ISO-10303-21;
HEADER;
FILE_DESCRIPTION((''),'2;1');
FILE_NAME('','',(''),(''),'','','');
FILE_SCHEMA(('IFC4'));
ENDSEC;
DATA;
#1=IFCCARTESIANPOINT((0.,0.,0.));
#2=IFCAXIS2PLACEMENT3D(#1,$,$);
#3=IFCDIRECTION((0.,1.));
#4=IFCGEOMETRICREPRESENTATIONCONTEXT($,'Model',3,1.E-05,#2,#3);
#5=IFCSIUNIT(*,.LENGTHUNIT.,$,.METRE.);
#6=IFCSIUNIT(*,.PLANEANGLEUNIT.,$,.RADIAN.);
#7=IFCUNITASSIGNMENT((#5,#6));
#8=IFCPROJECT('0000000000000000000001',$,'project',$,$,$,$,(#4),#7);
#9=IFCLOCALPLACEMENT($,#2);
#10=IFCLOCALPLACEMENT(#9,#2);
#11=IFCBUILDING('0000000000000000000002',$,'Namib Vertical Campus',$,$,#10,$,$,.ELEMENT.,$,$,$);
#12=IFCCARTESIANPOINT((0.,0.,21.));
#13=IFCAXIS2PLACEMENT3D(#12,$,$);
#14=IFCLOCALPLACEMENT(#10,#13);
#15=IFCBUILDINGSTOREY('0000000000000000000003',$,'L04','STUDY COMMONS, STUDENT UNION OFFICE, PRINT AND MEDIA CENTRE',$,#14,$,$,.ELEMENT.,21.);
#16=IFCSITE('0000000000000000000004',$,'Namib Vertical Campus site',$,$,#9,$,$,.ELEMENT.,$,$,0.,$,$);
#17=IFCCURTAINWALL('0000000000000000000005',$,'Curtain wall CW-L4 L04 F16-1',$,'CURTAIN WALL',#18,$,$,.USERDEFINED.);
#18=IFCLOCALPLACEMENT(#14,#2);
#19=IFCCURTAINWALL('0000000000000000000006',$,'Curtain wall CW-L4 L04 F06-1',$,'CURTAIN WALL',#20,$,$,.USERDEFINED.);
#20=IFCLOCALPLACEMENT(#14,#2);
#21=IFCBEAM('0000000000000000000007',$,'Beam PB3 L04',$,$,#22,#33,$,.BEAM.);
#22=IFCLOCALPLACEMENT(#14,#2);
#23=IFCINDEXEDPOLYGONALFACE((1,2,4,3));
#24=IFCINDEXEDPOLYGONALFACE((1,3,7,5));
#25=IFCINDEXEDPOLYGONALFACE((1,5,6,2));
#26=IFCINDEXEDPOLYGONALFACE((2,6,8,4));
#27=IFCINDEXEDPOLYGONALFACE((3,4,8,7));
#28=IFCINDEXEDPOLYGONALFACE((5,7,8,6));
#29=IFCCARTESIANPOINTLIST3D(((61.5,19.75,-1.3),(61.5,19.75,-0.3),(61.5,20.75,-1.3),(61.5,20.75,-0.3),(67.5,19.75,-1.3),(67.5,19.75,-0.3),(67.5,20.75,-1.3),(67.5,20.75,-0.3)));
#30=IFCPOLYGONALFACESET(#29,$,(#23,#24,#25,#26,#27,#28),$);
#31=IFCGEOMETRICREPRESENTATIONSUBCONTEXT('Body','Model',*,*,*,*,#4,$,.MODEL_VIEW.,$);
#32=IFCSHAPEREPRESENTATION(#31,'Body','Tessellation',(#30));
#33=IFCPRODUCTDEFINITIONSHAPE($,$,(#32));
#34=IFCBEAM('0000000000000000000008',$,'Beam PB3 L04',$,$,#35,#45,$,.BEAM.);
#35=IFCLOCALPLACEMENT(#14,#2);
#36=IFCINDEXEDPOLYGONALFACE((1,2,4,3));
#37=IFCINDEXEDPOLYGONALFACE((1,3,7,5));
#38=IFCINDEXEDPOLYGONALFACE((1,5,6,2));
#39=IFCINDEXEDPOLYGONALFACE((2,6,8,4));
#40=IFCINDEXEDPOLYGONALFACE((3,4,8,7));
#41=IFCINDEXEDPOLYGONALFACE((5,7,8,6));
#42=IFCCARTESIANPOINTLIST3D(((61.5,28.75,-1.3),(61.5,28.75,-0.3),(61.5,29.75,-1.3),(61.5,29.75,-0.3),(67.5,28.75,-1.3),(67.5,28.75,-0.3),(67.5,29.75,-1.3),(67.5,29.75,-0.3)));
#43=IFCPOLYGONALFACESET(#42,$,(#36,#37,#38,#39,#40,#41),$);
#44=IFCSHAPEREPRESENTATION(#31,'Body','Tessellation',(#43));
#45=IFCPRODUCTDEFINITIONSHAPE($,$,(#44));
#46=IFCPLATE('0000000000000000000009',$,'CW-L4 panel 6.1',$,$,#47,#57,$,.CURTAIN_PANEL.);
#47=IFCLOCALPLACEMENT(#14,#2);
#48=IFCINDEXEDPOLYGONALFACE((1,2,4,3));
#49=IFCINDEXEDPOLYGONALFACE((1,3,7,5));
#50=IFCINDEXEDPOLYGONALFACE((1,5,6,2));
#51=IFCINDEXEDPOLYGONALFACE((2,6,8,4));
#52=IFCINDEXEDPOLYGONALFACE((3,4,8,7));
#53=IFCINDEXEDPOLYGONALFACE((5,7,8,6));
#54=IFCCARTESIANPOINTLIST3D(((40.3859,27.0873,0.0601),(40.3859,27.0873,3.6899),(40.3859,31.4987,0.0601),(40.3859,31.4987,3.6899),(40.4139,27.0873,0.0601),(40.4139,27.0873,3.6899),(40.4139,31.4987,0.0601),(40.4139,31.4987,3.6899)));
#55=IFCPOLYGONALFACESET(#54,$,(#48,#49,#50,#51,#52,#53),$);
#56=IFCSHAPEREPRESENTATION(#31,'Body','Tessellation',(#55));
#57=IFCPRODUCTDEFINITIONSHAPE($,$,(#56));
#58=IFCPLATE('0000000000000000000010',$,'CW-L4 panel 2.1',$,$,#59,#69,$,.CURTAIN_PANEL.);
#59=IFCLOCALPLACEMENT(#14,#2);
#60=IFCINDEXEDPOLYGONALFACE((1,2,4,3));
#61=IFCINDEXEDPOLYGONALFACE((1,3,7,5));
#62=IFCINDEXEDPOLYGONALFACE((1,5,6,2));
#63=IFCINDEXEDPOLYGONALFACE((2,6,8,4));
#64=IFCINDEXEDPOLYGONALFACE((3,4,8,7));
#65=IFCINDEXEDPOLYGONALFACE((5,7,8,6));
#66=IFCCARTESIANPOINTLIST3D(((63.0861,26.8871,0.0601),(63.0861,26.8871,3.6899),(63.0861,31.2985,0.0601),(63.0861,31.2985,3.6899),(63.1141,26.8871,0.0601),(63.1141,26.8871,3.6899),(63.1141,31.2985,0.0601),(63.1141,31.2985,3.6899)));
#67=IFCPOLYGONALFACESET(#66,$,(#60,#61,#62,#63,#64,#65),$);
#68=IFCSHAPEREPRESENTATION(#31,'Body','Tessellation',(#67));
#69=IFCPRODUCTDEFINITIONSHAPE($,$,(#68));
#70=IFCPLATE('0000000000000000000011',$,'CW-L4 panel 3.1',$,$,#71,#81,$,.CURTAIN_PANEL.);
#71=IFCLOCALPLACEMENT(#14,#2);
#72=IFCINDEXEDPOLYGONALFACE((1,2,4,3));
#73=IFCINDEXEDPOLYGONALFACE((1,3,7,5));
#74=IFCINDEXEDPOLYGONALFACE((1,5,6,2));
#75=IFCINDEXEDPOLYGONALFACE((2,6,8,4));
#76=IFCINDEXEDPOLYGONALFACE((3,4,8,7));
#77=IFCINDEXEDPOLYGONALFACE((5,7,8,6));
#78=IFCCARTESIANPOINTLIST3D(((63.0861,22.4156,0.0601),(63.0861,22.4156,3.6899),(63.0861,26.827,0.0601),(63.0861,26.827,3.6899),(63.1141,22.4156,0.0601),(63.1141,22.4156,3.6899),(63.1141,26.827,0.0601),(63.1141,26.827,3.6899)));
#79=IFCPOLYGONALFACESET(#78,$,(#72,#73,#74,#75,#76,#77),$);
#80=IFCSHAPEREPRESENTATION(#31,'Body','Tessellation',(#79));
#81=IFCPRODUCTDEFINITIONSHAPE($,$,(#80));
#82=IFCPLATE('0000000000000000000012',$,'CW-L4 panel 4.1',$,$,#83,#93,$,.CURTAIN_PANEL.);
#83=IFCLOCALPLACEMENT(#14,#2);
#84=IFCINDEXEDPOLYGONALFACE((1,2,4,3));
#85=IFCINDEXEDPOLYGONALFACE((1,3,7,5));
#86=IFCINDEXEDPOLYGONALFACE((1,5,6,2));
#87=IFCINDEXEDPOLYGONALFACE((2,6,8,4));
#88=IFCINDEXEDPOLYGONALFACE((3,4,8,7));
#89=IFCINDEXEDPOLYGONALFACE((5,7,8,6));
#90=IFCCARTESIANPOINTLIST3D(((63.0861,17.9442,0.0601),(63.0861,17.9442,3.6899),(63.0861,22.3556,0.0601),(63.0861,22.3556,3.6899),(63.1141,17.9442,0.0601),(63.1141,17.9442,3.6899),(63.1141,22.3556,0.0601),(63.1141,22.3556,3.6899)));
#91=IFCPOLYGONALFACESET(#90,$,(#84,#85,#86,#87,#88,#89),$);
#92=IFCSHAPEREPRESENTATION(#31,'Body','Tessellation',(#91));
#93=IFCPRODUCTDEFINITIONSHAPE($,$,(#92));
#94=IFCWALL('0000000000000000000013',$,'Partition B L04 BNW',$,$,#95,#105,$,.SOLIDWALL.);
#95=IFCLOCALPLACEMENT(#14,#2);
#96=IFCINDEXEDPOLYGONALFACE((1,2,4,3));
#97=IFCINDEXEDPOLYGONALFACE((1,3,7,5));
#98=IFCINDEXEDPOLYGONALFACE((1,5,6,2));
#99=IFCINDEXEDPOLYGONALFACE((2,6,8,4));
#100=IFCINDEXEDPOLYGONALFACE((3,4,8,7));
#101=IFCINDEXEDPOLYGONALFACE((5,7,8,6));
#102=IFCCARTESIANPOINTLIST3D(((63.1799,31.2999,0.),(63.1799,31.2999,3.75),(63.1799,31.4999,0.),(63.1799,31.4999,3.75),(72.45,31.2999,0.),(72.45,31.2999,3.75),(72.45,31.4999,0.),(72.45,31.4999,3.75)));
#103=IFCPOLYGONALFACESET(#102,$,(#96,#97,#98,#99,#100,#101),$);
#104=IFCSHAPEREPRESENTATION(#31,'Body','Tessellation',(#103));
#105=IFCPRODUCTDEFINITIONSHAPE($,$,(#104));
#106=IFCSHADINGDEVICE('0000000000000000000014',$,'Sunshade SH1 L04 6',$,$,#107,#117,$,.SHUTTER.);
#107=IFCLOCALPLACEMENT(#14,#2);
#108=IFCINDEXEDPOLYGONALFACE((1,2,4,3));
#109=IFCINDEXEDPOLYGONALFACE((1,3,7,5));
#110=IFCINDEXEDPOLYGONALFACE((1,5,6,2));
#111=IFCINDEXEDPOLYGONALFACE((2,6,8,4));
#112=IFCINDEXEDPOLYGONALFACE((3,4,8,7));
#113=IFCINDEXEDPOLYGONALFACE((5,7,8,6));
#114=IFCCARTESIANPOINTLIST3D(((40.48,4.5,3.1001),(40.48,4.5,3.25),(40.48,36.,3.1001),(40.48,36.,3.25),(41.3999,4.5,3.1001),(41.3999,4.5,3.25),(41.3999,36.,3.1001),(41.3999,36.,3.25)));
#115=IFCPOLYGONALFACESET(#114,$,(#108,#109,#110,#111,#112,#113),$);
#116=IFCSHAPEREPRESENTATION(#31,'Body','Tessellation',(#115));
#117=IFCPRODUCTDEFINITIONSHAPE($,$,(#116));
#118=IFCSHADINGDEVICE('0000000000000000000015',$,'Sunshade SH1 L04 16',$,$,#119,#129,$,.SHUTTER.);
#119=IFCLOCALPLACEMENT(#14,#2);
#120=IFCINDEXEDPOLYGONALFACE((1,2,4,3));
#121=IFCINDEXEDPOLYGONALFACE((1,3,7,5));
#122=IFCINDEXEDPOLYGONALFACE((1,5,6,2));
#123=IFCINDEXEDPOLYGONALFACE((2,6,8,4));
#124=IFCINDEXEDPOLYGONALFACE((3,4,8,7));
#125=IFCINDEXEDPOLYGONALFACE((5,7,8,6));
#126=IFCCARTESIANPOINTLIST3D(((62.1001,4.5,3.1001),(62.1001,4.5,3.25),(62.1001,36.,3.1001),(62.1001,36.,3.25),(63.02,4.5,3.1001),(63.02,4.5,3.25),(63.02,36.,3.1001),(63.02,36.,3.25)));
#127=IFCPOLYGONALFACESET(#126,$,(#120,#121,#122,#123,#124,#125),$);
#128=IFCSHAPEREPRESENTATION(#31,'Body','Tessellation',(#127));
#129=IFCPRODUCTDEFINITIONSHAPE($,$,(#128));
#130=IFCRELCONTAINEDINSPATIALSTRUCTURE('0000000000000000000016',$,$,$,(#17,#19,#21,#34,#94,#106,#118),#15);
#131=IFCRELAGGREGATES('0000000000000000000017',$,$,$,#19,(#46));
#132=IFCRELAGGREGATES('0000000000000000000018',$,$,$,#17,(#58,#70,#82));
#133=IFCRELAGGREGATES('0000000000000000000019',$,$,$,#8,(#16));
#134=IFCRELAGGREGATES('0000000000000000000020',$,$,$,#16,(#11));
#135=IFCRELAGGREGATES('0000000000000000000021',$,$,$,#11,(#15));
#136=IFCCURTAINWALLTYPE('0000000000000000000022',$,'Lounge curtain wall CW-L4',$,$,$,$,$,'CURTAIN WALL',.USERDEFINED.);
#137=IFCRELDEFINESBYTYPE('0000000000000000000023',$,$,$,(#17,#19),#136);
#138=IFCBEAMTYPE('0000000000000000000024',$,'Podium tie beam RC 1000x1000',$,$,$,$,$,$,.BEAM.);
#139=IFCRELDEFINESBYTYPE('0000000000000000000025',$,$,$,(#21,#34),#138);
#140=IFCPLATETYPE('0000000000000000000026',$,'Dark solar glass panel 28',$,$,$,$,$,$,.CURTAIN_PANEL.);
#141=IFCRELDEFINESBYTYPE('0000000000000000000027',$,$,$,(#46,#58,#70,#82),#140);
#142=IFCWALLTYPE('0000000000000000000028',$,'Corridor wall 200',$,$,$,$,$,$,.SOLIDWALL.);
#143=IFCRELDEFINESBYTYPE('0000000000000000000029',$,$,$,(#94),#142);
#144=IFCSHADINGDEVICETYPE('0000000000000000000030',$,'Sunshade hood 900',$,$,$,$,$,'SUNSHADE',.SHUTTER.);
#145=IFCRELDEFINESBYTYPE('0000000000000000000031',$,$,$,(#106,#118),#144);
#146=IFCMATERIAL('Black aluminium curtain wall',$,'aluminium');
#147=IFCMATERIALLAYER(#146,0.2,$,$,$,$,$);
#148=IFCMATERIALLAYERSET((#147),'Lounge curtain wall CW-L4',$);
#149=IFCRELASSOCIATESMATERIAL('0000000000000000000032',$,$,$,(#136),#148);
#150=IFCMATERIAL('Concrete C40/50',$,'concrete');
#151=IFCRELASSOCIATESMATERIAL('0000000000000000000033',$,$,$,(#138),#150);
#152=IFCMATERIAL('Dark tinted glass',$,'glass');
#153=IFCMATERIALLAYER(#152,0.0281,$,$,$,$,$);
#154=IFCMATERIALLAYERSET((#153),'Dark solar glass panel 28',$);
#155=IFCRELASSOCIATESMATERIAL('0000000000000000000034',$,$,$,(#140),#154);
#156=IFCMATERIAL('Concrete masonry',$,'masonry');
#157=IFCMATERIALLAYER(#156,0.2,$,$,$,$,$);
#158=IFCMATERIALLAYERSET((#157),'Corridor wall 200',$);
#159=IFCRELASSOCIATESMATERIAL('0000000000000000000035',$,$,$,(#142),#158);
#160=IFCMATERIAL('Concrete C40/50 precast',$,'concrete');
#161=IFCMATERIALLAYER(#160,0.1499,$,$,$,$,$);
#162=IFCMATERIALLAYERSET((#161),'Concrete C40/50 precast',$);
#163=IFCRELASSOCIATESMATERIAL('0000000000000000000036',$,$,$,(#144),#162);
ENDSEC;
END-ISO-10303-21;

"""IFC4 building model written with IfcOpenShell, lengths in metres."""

from ifc_helpers import new_model, si_unit, direction, frame, frame_2d, origin, origin_2d, place, context, subcontext, project, spatial, rectangle, extrude, material, layer, layer_set, material_profile, profile_set, type_object, element, aggregate, save


model = new_model("IFC4")

# Units and contexts
model_context = context("Model", 3, precision=1e-05, world=origin(), true_north=direction((0.0, 1.0)))
body_context = subcontext(model_context, "Body", "Model", "MODEL_VIEW")
ifc_project = project(units=[si_unit("LENGTHUNIT", "METRE"), si_unit("PLANEANGLEUNIT", "RADIAN")], contexts=[model_context])

# Site, building, storey
site_placement = place(None, origin())
site = spatial("IfcSite", under=ifc_project, at=site_placement, Name="Namib Vertical Campus site", CompositionType="ELEMENT", RefElevation=0.0)
building_placement = place(site_placement, origin())
building = spatial("IfcBuilding", under=site, at=building_placement, Name="Namib Vertical Campus", CompositionType="ELEMENT")
storey_placement = place(building_placement, frame((0.0, 0.0, 21.0)))
storey = spatial("IfcBuildingStorey", under=building, at=storey_placement, Name="L04", Description="STUDY COMMONS, STUDENT UNION OFFICE, PRINT AND MEDIA CENTRE", CompositionType="ELEMENT", Elevation=21.0)

# Curtain wall
ifc_material_1 = material(Name="Black aluminium curtain wall", Category="aluminium")
ifc_layer_1 = layer(ifc_material_1, 0.2)
ifc_layer_set_1 = layer_set([ifc_layer_1], Name="Lounge curtain wall CW-L4")
curtain_wall_type = type_object("IfcCurtainWallType", Name="Lounge curtain wall CW-L4", ElementType="CURTAIN WALL", PredefinedType="USERDEFINED", material=ifc_layer_set_1)
curtain_wall_1_placement = place(storey_placement, origin())
curtain_wall_1 = element("IfcCurtainWall", 1, at=curtain_wall_1_placement, inside=storey, type_object=curtain_wall_type, Name="Curtain wall CW-L4 L04 F16-1", ObjectType="CURTAIN WALL", PredefinedType="USERDEFINED")

# Curtain wall
curtain_wall_2_placement = place(storey_placement, origin())
curtain_wall_2 = element("IfcCurtainWall", 2, at=curtain_wall_2_placement, inside=storey, type_object=curtain_wall_type, Name="Curtain wall CW-L4 L04 F06-1", ObjectType="CURTAIN WALL", PredefinedType="USERDEFINED")

# Beams
ifc_material_2 = material(Name="Concrete C40/50", Category="concrete")
ifc_material_profile_1 = material_profile(ifc_material_2, rectangle(XDim=1.0, YDim=1.0, at=origin_2d()))
ifc_profile_set_1 = profile_set([ifc_material_profile_1], Name="Concrete C40/50")
beam_type_1 = type_object("IfcBeamType", Name="Podium tie beam RC 1000x1000", PredefinedType="BEAM", material=ifc_profile_set_1)
for number, where, z_axis, x_axis, name in (
    (3, (61.5, 20.25, -0.8), (1.0, 0.0, 0.0), (0.0, 1.0, 0.0), "Beam PB3 L04"),
    (4, (61.5, 29.25, -0.8), (1.0, 0.0, 0.0), (0.0, 1.0, 0.0), "Beam PB3 L04"),
):
    element("IfcBeam", number, at=place(storey_placement, frame(where, z_axis=z_axis, x_axis=x_axis)), inside=storey, type_object=beam_type_1, Name=name, PredefinedType="BEAM", context=body_context, shape_type="SweptSolid", body=[
        extrude(rectangle(XDim=1.0, YDim=1.0, at=origin_2d()), origin(), (0.0, 0.0, 1.0), 6.0),
    ])

# Plates
ifc_material_3 = material(Name="Dark tinted glass", Category="glass")
ifc_layer_2 = layer(ifc_material_3, 0.0281)
ifc_layer_set_2 = layer_set([ifc_layer_2], Name="Dark solar glass panel 28")
plate_type = type_object("IfcPlateType", Name="Dark solar glass panel 28", PredefinedType="CURTAIN_PANEL", material=ifc_layer_set_2)
plate_1_placement = place(storey_placement, frame((40.3999, 29.293, 0.0601), z_axis=(0.0, 0.0, 1.0), x_axis=(0.0, 1.0, 0.0)))
plate_1 = element("IfcPlate", 5, at=plate_1_placement, type_object=plate_type, Name="CW-L4 panel 6.1", PredefinedType="CURTAIN_PANEL", context=body_context, shape_type="SweptSolid", body=[
    extrude(rectangle(XDim=4.4114, YDim=0.0281, at=origin_2d()), origin(), (0.0, 0.0, 1.0), 3.6299),
])
aggregate(curtain_wall_2, [plate_1])
plate_2_placement = place(storey_placement, frame((63.1001, 29.0928, 0.0601), z_axis=(0.0, 0.0, 1.0), x_axis=(0.0, -1.0, 0.0)))
plate_2 = element("IfcPlate", 6, at=plate_2_placement, type_object=plate_type, Name="CW-L4 panel 2.1", PredefinedType="CURTAIN_PANEL", context=body_context, shape_type="SweptSolid", body=[
    extrude(rectangle(XDim=4.4114, YDim=0.0281, at=origin_2d()), origin(), (0.0, 0.0, 1.0), 3.6299),
])
plate_3_placement = place(storey_placement, frame((63.1001, 24.6213, 0.0601), z_axis=(0.0, 0.0, 1.0), x_axis=(0.0, -1.0, 0.0)))
plate_3 = element("IfcPlate", 7, at=plate_3_placement, type_object=plate_type, Name="CW-L4 panel 3.1", PredefinedType="CURTAIN_PANEL", context=body_context, shape_type="SweptSolid", body=[
    extrude(rectangle(XDim=4.4114, YDim=0.0281, at=origin_2d()), origin(), (0.0, 0.0, 1.0), 3.6299),
])
plate_4_placement = place(storey_placement, frame((63.1001, 20.1499, 0.0601), z_axis=(0.0, 0.0, 1.0), x_axis=(0.0, -1.0, 0.0)))
plate_4 = element("IfcPlate", 8, at=plate_4_placement, type_object=plate_type, Name="CW-L4 panel 4.1", PredefinedType="CURTAIN_PANEL", context=body_context, shape_type="SweptSolid", body=[
    extrude(rectangle(XDim=4.4114, YDim=0.0281, at=origin_2d()), origin(), (0.0, 0.0, 1.0), 3.6299),
])
aggregate(curtain_wall_1, [plate_2, plate_3, plate_4])

# Wall
ifc_material_4 = material(Name="Concrete masonry", Category="masonry")
ifc_layer_3 = layer(ifc_material_4, 0.2)
ifc_layer_set_3 = layer_set([ifc_layer_3], Name="Corridor wall 200")
wall_type = type_object("IfcWallType", Name="Corridor wall 200", PredefinedType="SOLIDWALL", material=ifc_layer_set_3)
wall_placement = place(storey_placement, frame((63.1799, 31.3999, 0.0), z_axis=(0.0, 0.0, 1.0), x_axis=(1.0, 0.0, 0.0)))
element("IfcWall", 9, at=wall_placement, inside=storey, type_object=wall_type, Name="Partition B L04 BNW", PredefinedType="SOLIDWALL", context=body_context, shape_type="SweptSolid", body=[
    extrude(rectangle(XDim=9.27, YDim=0.2, at=frame_2d((4.635, 0.0))), origin(), (0.0, 0.0, 1.0), 3.75),
])

# Shading devices
ifc_material_5 = material(Name="Concrete C40/50 precast", Category="concrete")
ifc_layer_4 = layer(ifc_material_5, 0.1499)
ifc_layer_set_4 = layer_set([ifc_layer_4], Name="Concrete C40/50 precast")
shading_device_type = type_object("IfcShadingDeviceType", Name="Sunshade hood 900", ElementType="SUNSHADE", PredefinedType="SHUTTER", material=ifc_layer_set_4)
for number, where, z_axis, x_axis, name in (
    (10, (40.9399, 20.25, 3.1001), (0.0, 0.0, 1.0), (0.0, 1.0, 0.0), "Sunshade SH1 L04 6"),
    (11, (62.5601, 20.25, 3.1001), (0.0, 0.0, 1.0), (0.0, -1.0, 0.0), "Sunshade SH1 L04 16"),
):
    element("IfcShadingDevice", number, at=place(storey_placement, frame(where, z_axis=z_axis, x_axis=x_axis)), inside=storey, type_object=shading_device_type, Name=name, PredefinedType="SHUTTER", context=body_context, shape_type="SweptSolid", body=[
        extrude(rectangle(XDim=31.5, YDim=0.9199, at=origin_2d()), origin(), (0.0, 0.0, 1.0), 0.1499),
    ])

save(model, "model.ifc")
